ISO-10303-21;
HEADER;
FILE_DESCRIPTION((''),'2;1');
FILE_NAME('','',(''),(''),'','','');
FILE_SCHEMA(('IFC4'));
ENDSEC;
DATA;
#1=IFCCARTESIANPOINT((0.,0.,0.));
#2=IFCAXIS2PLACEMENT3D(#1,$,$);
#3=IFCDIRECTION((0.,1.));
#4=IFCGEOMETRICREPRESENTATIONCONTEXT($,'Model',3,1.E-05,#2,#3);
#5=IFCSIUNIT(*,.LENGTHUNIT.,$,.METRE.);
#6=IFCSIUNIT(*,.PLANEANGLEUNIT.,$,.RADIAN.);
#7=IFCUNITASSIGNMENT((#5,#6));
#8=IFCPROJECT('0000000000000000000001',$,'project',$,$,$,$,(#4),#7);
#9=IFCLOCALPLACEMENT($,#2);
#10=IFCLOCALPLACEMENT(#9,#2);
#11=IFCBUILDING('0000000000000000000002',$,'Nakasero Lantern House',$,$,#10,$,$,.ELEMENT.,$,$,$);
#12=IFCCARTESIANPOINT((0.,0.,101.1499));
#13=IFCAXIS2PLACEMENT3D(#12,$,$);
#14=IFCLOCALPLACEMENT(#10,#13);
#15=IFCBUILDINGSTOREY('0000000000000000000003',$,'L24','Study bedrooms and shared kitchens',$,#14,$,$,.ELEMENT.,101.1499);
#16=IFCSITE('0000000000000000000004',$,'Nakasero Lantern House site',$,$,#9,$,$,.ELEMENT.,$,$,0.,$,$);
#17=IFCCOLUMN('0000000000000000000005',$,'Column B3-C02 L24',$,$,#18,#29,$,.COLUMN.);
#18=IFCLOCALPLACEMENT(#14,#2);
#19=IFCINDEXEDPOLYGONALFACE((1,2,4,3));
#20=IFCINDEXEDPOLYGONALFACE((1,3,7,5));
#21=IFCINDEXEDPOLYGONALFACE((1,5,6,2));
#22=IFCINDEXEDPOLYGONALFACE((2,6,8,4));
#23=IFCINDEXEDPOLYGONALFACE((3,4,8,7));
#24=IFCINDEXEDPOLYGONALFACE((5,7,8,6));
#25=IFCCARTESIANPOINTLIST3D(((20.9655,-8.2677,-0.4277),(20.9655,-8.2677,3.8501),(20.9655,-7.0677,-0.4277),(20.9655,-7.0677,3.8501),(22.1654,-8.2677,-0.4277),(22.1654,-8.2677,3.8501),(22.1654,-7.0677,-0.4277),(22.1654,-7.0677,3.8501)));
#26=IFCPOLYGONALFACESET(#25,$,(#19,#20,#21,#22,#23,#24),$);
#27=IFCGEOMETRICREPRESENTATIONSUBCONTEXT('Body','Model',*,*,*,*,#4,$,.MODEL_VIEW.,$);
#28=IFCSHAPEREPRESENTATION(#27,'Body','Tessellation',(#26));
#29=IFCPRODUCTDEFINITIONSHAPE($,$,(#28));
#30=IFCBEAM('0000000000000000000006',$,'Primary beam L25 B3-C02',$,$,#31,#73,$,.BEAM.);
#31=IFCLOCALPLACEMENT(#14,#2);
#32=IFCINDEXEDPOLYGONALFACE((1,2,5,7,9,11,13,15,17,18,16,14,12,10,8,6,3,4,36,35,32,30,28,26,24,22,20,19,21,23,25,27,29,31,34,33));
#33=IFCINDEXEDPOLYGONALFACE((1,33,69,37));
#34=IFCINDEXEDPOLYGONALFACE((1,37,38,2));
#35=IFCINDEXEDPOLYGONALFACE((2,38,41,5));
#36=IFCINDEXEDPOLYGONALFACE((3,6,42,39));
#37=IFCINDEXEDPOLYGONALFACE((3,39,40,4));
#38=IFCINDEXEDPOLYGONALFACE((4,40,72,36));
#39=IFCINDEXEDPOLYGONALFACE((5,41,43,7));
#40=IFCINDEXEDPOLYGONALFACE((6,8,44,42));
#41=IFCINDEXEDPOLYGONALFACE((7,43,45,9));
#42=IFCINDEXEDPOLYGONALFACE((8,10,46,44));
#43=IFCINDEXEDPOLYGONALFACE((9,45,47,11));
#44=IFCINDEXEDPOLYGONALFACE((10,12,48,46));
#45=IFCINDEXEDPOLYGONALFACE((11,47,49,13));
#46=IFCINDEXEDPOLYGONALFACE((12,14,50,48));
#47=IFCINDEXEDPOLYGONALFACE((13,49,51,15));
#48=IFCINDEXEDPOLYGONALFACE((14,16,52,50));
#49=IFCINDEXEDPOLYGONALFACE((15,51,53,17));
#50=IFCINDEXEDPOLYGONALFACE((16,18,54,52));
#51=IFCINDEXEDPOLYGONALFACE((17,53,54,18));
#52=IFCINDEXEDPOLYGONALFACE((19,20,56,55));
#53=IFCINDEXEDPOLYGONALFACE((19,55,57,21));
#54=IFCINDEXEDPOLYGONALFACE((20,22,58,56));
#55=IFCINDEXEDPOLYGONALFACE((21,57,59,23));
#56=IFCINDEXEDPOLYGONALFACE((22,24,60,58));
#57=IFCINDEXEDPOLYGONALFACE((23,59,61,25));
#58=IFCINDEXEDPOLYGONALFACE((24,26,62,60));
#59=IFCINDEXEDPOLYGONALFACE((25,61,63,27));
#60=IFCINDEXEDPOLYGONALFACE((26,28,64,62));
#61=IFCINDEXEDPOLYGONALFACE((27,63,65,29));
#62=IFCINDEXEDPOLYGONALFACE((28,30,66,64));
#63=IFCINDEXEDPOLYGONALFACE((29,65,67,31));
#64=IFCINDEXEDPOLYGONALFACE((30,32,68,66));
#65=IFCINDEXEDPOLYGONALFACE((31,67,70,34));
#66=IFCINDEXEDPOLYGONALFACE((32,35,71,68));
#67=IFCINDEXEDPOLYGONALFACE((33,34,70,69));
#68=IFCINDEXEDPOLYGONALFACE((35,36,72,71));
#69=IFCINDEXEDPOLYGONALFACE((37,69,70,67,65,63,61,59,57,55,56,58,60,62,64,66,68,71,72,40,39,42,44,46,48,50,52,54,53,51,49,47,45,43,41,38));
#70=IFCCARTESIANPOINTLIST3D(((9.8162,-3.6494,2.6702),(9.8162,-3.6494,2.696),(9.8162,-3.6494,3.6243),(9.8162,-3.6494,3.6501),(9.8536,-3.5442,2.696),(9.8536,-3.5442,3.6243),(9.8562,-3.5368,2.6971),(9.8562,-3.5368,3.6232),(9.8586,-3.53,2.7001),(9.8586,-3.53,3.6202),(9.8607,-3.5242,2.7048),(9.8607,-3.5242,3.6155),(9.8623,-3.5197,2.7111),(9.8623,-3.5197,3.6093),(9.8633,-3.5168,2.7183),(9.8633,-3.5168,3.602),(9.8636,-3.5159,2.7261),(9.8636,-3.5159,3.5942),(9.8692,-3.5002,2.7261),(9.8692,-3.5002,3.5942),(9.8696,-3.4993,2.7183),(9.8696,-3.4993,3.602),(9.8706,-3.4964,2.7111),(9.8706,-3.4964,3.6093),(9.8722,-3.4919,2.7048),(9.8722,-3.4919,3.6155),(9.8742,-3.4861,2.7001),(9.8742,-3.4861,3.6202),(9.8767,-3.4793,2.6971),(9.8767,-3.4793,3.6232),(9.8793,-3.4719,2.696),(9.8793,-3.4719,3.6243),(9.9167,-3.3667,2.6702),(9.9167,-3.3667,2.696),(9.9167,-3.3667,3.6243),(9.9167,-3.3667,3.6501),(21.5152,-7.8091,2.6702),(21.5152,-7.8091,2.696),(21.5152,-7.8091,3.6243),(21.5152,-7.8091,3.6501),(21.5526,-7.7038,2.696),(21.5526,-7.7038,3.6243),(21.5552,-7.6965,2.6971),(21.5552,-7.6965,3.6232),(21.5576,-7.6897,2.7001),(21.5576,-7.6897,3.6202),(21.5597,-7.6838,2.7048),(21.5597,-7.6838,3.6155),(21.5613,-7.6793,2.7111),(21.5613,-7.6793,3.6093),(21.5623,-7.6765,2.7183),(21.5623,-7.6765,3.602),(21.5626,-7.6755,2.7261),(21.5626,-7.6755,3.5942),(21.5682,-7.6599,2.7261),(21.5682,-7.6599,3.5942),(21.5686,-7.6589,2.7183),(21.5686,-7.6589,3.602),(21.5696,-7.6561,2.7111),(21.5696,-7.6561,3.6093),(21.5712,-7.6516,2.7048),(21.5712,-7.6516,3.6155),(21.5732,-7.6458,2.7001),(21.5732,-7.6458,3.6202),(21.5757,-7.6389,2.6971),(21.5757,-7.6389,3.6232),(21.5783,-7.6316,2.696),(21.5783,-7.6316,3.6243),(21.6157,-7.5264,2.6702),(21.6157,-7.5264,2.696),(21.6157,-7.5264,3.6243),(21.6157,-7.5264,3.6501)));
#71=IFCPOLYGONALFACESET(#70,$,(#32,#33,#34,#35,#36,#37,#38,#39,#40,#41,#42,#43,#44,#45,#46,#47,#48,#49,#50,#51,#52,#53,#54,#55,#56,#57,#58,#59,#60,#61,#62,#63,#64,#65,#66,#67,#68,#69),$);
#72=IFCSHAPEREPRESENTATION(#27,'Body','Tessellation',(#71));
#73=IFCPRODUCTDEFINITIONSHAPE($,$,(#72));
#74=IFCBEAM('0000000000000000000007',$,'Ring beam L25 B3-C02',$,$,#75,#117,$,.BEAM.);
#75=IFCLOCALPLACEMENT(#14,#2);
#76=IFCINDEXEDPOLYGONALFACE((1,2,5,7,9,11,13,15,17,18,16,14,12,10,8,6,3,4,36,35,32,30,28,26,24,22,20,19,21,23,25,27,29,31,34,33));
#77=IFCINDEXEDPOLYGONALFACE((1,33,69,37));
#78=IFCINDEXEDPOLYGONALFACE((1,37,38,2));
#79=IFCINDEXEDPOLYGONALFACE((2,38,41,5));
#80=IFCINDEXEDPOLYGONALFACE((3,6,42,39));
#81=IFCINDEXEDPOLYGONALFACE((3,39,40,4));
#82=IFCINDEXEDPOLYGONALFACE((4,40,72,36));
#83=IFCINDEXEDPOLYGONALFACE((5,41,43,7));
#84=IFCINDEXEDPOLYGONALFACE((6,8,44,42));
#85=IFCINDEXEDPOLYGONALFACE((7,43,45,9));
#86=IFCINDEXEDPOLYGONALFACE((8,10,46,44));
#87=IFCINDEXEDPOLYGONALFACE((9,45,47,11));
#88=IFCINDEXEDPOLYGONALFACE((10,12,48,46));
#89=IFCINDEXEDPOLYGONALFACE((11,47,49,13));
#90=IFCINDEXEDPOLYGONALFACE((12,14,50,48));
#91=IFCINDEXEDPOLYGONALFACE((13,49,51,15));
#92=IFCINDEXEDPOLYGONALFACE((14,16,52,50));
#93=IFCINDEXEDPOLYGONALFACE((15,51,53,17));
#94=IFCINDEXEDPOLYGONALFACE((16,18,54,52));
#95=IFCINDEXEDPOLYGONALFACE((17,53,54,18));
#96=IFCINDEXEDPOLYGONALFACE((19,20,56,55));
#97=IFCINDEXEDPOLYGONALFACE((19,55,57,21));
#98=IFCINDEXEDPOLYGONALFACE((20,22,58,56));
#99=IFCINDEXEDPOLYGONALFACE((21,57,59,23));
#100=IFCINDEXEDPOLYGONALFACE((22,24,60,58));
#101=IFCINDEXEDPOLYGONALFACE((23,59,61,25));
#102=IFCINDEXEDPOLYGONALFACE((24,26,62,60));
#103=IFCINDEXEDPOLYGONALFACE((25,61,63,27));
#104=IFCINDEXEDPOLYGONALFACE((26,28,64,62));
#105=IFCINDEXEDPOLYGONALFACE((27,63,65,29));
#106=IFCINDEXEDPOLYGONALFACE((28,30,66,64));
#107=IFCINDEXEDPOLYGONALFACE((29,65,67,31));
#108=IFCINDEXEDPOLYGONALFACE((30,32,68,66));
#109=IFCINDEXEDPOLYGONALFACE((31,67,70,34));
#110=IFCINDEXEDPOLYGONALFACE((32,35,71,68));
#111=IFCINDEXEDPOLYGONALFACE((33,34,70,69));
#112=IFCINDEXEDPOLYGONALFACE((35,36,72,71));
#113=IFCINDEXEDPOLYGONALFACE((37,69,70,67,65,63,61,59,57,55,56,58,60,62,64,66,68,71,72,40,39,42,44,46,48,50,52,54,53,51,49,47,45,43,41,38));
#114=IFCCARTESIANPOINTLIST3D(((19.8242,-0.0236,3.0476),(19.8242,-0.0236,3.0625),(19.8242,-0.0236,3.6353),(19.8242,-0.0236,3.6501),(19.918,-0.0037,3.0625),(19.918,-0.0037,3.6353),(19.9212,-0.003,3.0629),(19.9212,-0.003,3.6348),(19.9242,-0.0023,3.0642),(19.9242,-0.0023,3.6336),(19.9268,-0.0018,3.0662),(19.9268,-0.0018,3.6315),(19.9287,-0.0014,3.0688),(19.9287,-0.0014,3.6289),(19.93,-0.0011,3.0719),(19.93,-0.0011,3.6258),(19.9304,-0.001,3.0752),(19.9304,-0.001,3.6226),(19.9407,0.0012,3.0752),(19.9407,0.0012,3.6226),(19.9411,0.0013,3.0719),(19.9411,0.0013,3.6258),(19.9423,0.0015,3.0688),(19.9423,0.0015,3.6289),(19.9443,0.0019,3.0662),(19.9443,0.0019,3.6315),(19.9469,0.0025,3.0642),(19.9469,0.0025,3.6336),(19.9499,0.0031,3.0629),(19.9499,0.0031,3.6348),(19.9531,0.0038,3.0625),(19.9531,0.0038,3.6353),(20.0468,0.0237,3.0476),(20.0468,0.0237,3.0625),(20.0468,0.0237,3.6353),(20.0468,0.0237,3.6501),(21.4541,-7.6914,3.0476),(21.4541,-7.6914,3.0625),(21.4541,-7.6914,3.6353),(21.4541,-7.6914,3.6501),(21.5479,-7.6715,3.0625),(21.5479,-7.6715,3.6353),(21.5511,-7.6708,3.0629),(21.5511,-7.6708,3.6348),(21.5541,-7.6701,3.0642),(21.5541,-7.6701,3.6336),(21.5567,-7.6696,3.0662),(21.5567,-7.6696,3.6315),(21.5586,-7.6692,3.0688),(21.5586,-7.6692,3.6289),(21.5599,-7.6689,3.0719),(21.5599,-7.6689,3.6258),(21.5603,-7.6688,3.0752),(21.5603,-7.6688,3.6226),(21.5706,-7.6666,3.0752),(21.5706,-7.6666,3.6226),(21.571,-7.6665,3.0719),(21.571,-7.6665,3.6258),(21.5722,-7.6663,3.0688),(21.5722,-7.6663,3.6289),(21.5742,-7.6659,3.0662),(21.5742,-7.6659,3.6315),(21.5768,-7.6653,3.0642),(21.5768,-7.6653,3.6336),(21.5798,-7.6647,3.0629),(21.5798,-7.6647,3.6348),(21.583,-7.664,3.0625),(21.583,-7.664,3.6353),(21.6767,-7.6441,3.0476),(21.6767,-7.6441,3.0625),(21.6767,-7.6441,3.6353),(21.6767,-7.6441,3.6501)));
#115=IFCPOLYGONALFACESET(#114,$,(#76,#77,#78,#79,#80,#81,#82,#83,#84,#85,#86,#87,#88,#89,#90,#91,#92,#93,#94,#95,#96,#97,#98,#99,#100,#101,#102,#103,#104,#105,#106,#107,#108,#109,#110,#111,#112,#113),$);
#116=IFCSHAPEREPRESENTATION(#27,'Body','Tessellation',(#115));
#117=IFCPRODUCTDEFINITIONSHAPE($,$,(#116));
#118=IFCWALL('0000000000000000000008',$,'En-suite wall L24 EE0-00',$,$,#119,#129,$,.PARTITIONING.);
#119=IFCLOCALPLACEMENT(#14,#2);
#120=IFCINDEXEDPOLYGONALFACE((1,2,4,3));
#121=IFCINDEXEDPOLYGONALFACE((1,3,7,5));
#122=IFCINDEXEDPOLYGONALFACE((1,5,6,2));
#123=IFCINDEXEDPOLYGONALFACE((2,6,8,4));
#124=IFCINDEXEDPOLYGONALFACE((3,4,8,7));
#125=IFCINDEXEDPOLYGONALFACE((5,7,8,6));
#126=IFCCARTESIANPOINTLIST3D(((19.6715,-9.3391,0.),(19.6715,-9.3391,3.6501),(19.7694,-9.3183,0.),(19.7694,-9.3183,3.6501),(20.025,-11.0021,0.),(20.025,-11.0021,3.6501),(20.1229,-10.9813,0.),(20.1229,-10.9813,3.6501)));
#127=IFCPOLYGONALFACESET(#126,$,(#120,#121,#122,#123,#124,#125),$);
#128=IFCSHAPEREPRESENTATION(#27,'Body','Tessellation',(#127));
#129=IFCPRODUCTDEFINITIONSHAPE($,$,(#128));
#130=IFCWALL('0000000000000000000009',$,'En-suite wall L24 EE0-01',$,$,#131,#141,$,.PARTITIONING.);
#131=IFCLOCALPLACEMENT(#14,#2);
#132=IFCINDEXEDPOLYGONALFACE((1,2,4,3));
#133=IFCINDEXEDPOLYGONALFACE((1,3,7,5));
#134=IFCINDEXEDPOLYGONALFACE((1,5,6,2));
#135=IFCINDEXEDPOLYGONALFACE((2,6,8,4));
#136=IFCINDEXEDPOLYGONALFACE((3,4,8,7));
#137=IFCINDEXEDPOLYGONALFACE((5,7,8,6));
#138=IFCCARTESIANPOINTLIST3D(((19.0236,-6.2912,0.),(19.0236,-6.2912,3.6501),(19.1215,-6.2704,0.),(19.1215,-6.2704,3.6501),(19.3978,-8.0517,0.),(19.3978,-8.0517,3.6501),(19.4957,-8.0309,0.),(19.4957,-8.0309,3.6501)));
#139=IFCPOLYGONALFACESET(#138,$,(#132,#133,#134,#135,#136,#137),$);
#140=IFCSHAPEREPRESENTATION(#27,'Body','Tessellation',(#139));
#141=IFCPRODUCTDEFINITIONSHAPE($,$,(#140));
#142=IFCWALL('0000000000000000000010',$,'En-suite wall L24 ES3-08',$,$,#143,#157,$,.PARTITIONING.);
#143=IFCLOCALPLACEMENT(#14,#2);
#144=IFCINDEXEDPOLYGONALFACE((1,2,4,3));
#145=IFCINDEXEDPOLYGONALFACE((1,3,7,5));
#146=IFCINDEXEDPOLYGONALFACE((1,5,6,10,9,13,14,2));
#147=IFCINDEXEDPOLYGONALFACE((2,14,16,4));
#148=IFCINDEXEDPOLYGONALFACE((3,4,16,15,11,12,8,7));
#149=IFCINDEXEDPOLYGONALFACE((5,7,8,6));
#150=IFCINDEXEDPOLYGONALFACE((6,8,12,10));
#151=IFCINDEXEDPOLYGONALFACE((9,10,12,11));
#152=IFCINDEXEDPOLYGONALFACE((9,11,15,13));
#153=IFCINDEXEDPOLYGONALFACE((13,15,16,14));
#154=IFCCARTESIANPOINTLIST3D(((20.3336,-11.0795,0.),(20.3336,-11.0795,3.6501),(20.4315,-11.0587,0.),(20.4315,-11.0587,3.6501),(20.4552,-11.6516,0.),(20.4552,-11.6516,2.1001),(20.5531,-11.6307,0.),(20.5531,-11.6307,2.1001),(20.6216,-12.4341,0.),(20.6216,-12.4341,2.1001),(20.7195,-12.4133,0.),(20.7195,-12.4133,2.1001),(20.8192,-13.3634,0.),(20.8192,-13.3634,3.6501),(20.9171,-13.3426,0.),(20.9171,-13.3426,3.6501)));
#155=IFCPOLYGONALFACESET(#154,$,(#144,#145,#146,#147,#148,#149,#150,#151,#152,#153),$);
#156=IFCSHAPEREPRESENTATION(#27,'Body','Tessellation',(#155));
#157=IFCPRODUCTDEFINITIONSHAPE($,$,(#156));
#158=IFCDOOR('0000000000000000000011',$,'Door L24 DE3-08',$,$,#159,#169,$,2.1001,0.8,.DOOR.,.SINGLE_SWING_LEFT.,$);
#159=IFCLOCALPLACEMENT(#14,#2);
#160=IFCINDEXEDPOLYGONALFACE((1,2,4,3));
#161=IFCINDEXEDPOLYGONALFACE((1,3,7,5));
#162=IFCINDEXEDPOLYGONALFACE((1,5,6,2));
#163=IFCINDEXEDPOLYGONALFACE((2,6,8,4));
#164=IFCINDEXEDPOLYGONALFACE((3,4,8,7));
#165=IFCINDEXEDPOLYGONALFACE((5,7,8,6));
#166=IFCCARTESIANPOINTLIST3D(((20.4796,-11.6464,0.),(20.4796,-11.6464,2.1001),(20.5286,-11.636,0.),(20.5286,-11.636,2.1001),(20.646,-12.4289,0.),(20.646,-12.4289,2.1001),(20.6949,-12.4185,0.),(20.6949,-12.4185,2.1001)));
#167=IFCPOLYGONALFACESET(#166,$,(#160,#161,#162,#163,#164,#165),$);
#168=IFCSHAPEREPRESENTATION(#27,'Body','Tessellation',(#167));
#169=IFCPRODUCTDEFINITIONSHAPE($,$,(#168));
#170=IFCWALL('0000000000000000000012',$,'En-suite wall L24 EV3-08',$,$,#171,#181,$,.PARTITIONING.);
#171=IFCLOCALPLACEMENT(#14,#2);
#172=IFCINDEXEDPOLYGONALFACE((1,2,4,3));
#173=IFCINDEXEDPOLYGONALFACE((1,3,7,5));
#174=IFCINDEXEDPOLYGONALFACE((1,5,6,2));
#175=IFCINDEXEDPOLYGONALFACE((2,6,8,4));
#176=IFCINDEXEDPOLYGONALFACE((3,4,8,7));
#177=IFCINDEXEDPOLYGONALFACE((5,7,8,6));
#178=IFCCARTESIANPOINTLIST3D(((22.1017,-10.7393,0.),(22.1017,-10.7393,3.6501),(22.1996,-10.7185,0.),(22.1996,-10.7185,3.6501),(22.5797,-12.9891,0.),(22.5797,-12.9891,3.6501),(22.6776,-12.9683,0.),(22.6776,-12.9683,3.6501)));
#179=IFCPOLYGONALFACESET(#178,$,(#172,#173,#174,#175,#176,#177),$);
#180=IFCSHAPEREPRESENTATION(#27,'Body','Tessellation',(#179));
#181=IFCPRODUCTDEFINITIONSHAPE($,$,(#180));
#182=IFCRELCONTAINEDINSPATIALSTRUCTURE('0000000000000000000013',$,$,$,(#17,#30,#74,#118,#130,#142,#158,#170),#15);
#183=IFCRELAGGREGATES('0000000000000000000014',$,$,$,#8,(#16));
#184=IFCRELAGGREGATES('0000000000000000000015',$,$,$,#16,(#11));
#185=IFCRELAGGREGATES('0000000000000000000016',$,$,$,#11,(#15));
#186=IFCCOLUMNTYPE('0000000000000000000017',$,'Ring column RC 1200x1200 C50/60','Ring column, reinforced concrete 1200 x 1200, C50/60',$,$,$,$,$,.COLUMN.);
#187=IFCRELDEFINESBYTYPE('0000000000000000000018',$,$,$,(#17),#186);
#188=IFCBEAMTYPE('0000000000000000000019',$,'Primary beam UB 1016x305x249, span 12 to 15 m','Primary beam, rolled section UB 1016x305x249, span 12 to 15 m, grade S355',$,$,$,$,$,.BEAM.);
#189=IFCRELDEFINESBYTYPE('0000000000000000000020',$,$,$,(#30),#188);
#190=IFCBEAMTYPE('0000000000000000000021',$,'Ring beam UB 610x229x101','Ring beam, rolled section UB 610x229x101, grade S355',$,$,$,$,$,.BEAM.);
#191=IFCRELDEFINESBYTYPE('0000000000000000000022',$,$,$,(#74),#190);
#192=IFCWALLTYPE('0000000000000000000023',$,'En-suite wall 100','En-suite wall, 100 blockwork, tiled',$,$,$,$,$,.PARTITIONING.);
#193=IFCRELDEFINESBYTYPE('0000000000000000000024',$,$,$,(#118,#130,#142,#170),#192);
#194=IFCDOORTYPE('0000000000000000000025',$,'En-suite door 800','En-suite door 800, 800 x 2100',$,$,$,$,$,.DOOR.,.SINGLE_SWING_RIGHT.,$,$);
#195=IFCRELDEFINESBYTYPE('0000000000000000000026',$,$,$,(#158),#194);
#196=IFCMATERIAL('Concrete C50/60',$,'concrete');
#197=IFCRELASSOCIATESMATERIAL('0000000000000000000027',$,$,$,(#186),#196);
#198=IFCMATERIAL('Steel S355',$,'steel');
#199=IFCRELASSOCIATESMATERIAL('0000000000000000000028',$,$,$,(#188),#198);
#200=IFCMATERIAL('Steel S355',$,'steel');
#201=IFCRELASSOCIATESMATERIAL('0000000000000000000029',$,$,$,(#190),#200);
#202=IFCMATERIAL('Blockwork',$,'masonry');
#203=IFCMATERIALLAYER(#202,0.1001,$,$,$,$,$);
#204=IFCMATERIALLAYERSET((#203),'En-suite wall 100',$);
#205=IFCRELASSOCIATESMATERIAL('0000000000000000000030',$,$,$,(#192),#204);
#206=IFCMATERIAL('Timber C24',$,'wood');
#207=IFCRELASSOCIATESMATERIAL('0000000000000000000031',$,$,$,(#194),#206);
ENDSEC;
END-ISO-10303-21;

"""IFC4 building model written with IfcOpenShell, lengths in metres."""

from ifc_helpers import new_model, si_unit, direction, frame, frame_2d, origin, origin_2d, place, context, subcontext, project, spatial, rectangle, i_section, extrude, material, layer, layer_set, material_profile, profile_set, type_object, element, fill, save


model = new_model("IFC4")

# Units and contexts
model_context = context("Model", 3, precision=1e-05, world=origin(), true_north=direction((0.0, 1.0)))
body_context = subcontext(model_context, "Body", "Model", "MODEL_VIEW")
ifc_project = project(units=[si_unit("LENGTHUNIT", "METRE"), si_unit("PLANEANGLEUNIT", "RADIAN")], contexts=[model_context])

# Site, building, storey
site_placement = place(None, origin())
site = spatial("IfcSite", under=ifc_project, at=site_placement, Name="Nakasero Lantern House site", CompositionType="ELEMENT", RefElevation=0.0)
building_placement = place(site_placement, origin())
building = spatial("IfcBuilding", under=site, at=building_placement, Name="Nakasero Lantern House", CompositionType="ELEMENT")
storey_placement = place(building_placement, frame((0.0, 0.0, 101.1499)))
storey = spatial("IfcBuildingStorey", under=building, at=storey_placement, Name="L24", Description="Study bedrooms and shared kitchens", CompositionType="ELEMENT", Elevation=101.1499)

# Column
ifc_material_1 = material(Name="Concrete C50/60", Category="concrete")
ifc_material_profile_1 = material_profile(ifc_material_1, rectangle(XDim=1.2, YDim=1.2, at=origin_2d()), Name="RC 1200x1200")
ifc_profile_set_1 = profile_set([ifc_material_profile_1], Name="Concrete C50/60")
column_type = type_object("IfcColumnType", Name="Ring column RC 1200x1200 C50/60", Description="Ring column, reinforced concrete 1200 x 1200, C50/60", PredefinedType="COLUMN", material=ifc_profile_set_1)
column_placement = place(storey_placement, frame((21.5654, -7.6677, -0.4277), z_axis=(0.0, 0.0, 1.0), x_axis=(1.0, 0.0, 0.0)))
element("IfcColumn", 1, at=column_placement, inside=storey, type_object=column_type, Name="Column B3-C02 L24", PredefinedType="COLUMN", context=body_context, shape_type="SweptSolid", body=[
    extrude(rectangle(XDim=1.2, YDim=1.2, at=origin_2d()), origin(), (0.0, 0.0, 1.0), 4.2778),
])

# Beams
ifc_material_2 = material(Name="Steel S355", Category="steel")
ifc_material_profile_2 = material_profile(ifc_material_2, i_section(OverallWidth=0.3, OverallDepth=0.98, WebThickness=0.0166, FlangeThickness=0.0259, FilletRadius=0.03, at=origin_2d()), Name="UB 1016x305x249")
ifc_profile_set_2 = profile_set([ifc_material_profile_2], Name="Steel S355")
beam_type_1 = type_object("IfcBeamType", Name="Primary beam UB 1016x305x249, span 12 to 15 m", Description="Primary beam, rolled section UB 1016x305x249, span 12 to 15 m, grade S355", PredefinedType="BEAM", material=ifc_profile_set_2)
beam_1_placement = place(storey_placement, frame((21.5654, -7.6677, 3.1602), z_axis=(-0.942214, 0.335012, 0.0), x_axis=(-0.335012, -0.942214, 0.0)))
element("IfcBeam", 2, at=beam_1_placement, inside=storey, type_object=beam_type_1, Name="Primary beam L25 B3-C02", PredefinedType="BEAM", context=body_context, shape_type="SweptSolid", body=[
    extrude(i_section(OverallWidth=0.3, OverallDepth=0.98, WebThickness=0.0166, FlangeThickness=0.0259, FilletRadius=0.03, at=origin_2d()), origin(), (0.0, 0.0, 1.0), 12.4165),
])
ifc_material_3 = material(Name="Steel S355", Category="steel")
ifc_material_profile_3 = material_profile(ifc_material_3, i_section(OverallWidth=0.2275, OverallDepth=0.6025, WebThickness=0.0105, FlangeThickness=0.0149, FilletRadius=0.0127, at=origin_2d()), Name="UB 610x229x101")
ifc_profile_set_3 = profile_set([ifc_material_profile_3], Name="Steel S355")
beam_type_2 = type_object("IfcBeamType", Name="Ring beam UB 610x229x101", Description="Ring beam, rolled section UB 610x229x101, grade S355", PredefinedType="BEAM", material=ifc_profile_set_3)
beam_2_placement = place(storey_placement, frame((21.5654, -7.6677, 3.3489), z_axis=(-0.207919, 0.978146, 0.0), x_axis=(-0.978146, -0.207919, 0.0)))
element("IfcBeam", 3, at=beam_2_placement, inside=storey, type_object=beam_type_2, Name="Ring beam L25 B3-C02", PredefinedType="BEAM", context=body_context, shape_type="SweptSolid", body=[
    extrude(i_section(OverallWidth=0.2275, OverallDepth=0.6025, WebThickness=0.0105, FlangeThickness=0.0149, FilletRadius=0.0127, at=origin_2d()), origin(), (0.0, 0.0, 1.0), 7.8391),
])

# Walls
ifc_material_4 = material(Name="Blockwork", Category="masonry")
ifc_layer_1 = layer(ifc_material_4, 0.1001)
ifc_layer_set_1 = layer_set([ifc_layer_1], Name="En-suite wall 100")
wall_type_1 = type_object("IfcWallType", Name="En-suite wall 100", Description="En-suite wall, 100 blockwork, tiled", PredefinedType="PARTITIONING", material=ifc_layer_set_1)
wall_1_placement = place(storey_placement, frame((20.074, -10.9917, 0.0), z_axis=(0.0, 0.0, 1.0), x_axis=(-0.207921, 0.978146, 0.0)))
element("IfcWall", 4, at=wall_1_placement, inside=storey, type_object=wall_type_1, Name="En-suite wall L24 EE0-00", PredefinedType="PARTITIONING", context=body_context, shape_type="SweptSolid", body=[
    extrude(rectangle(XDim=1.7002, YDim=0.1001, at=frame_2d((0.8501, 0.0))), origin(), (0.0, 0.0, 1.0), 3.6501),
])
wall_2_placement = place(storey_placement, frame((19.4468, -8.0413, 0.0), z_axis=(0.0, 0.0, 1.0), x_axis=(-0.207945, 0.978141, 0.0)))
element("IfcWall", 5, at=wall_2_placement, inside=storey, type_object=wall_type_1, Name="En-suite wall L24 EE0-01", PredefinedType="PARTITIONING", context=body_context, shape_type="SweptSolid", body=[
    extrude(rectangle(XDim=1.7998, YDim=0.1001, at=frame_2d((0.8999, 0.0))), origin(), (0.0, 0.0, 1.0), 3.6501),
])

# Wall, opening, door
wall_3_placement = place(storey_placement, frame((20.3826, -11.0691, 0.0), z_axis=(0.0, 0.0, 1.0), x_axis=(0.207965, -0.978136, 0.0)))
wall_3 = element("IfcWall", 6, at=wall_3_placement, inside=storey, type_object=wall_type_1, Name="En-suite wall L24 ES3-08", PredefinedType="PARTITIONING", context=body_context, shape_type="SweptSolid", body=[
    extrude(rectangle(XDim=2.335, YDim=0.1001, at=frame_2d((1.1675, 0.0))), origin(), (0.0, 0.0, 1.0), 3.6501),
])
opening_1_placement = place(wall_3_placement, frame((0.585, 0.0, 0.0)))
opening_1 = element("IfcOpeningElement", 7, at=opening_1_placement, cuts=wall_3, PredefinedType="OPENING", context=body_context, shape_type="SweptSolid", body=[
    extrude(rectangle(XDim=0.8, YDim=2.1001, at=frame_2d((0.3999, 1.05))), frame((0.0, 0.0701, 0.0), z_axis=(0.0, -1.0, 0.0), x_axis=(1.0, 0.0, 0.0)), (0.0, 0.0, 1.0), 0.1401),
])
ifc_material_5 = material(Name="Timber C24", Category="wood")
door_type_1 = type_object("IfcDoorType", Name="En-suite door 800", Description="En-suite door 800, 800 x 2100", OperationType="SINGLE_SWING_RIGHT", PredefinedType="DOOR", material=ifc_material_5)
door_1_placement = place(opening_1_placement, origin())
door_1 = element("IfcDoor", 8, at=door_1_placement, inside=storey, type_object=door_type_1, Name="Door L24 DE3-08", OperationType="SINGLE_SWING_LEFT", OverallHeight=2.1001, OverallWidth=0.8, PredefinedType="DOOR", context=body_context, shape_type="SweptSolid", body=[
    extrude(rectangle(XDim=0.8, YDim=2.1001, at=frame_2d((0.3999, 1.05))), frame((0.0, 0.0249, 0.0), z_axis=(0.0, -1.0, 0.0), x_axis=(1.0, 0.0, 0.0)), (0.0, 0.0, 1.0), 0.05),
])
fill(opening_1, door_1)

# Wall
wall_4_placement = place(storey_placement, frame((22.1506, -10.729, 0.0), z_axis=(0.0, 0.0, 1.0), x_axis=(0.20784, -0.978163, 0.0)))
element("IfcWall", 9, at=wall_4_placement, inside=storey, type_object=wall_type_1, Name="En-suite wall L24 EV3-08", PredefinedType="PARTITIONING", context=body_context, shape_type="SweptSolid", body=[
    extrude(rectangle(XDim=2.3, YDim=0.1001, at=frame_2d((1.1499, 0.0))), origin(), (0.0, 0.0, 1.0), 3.6501),
])

save(model, "model.ifc")
